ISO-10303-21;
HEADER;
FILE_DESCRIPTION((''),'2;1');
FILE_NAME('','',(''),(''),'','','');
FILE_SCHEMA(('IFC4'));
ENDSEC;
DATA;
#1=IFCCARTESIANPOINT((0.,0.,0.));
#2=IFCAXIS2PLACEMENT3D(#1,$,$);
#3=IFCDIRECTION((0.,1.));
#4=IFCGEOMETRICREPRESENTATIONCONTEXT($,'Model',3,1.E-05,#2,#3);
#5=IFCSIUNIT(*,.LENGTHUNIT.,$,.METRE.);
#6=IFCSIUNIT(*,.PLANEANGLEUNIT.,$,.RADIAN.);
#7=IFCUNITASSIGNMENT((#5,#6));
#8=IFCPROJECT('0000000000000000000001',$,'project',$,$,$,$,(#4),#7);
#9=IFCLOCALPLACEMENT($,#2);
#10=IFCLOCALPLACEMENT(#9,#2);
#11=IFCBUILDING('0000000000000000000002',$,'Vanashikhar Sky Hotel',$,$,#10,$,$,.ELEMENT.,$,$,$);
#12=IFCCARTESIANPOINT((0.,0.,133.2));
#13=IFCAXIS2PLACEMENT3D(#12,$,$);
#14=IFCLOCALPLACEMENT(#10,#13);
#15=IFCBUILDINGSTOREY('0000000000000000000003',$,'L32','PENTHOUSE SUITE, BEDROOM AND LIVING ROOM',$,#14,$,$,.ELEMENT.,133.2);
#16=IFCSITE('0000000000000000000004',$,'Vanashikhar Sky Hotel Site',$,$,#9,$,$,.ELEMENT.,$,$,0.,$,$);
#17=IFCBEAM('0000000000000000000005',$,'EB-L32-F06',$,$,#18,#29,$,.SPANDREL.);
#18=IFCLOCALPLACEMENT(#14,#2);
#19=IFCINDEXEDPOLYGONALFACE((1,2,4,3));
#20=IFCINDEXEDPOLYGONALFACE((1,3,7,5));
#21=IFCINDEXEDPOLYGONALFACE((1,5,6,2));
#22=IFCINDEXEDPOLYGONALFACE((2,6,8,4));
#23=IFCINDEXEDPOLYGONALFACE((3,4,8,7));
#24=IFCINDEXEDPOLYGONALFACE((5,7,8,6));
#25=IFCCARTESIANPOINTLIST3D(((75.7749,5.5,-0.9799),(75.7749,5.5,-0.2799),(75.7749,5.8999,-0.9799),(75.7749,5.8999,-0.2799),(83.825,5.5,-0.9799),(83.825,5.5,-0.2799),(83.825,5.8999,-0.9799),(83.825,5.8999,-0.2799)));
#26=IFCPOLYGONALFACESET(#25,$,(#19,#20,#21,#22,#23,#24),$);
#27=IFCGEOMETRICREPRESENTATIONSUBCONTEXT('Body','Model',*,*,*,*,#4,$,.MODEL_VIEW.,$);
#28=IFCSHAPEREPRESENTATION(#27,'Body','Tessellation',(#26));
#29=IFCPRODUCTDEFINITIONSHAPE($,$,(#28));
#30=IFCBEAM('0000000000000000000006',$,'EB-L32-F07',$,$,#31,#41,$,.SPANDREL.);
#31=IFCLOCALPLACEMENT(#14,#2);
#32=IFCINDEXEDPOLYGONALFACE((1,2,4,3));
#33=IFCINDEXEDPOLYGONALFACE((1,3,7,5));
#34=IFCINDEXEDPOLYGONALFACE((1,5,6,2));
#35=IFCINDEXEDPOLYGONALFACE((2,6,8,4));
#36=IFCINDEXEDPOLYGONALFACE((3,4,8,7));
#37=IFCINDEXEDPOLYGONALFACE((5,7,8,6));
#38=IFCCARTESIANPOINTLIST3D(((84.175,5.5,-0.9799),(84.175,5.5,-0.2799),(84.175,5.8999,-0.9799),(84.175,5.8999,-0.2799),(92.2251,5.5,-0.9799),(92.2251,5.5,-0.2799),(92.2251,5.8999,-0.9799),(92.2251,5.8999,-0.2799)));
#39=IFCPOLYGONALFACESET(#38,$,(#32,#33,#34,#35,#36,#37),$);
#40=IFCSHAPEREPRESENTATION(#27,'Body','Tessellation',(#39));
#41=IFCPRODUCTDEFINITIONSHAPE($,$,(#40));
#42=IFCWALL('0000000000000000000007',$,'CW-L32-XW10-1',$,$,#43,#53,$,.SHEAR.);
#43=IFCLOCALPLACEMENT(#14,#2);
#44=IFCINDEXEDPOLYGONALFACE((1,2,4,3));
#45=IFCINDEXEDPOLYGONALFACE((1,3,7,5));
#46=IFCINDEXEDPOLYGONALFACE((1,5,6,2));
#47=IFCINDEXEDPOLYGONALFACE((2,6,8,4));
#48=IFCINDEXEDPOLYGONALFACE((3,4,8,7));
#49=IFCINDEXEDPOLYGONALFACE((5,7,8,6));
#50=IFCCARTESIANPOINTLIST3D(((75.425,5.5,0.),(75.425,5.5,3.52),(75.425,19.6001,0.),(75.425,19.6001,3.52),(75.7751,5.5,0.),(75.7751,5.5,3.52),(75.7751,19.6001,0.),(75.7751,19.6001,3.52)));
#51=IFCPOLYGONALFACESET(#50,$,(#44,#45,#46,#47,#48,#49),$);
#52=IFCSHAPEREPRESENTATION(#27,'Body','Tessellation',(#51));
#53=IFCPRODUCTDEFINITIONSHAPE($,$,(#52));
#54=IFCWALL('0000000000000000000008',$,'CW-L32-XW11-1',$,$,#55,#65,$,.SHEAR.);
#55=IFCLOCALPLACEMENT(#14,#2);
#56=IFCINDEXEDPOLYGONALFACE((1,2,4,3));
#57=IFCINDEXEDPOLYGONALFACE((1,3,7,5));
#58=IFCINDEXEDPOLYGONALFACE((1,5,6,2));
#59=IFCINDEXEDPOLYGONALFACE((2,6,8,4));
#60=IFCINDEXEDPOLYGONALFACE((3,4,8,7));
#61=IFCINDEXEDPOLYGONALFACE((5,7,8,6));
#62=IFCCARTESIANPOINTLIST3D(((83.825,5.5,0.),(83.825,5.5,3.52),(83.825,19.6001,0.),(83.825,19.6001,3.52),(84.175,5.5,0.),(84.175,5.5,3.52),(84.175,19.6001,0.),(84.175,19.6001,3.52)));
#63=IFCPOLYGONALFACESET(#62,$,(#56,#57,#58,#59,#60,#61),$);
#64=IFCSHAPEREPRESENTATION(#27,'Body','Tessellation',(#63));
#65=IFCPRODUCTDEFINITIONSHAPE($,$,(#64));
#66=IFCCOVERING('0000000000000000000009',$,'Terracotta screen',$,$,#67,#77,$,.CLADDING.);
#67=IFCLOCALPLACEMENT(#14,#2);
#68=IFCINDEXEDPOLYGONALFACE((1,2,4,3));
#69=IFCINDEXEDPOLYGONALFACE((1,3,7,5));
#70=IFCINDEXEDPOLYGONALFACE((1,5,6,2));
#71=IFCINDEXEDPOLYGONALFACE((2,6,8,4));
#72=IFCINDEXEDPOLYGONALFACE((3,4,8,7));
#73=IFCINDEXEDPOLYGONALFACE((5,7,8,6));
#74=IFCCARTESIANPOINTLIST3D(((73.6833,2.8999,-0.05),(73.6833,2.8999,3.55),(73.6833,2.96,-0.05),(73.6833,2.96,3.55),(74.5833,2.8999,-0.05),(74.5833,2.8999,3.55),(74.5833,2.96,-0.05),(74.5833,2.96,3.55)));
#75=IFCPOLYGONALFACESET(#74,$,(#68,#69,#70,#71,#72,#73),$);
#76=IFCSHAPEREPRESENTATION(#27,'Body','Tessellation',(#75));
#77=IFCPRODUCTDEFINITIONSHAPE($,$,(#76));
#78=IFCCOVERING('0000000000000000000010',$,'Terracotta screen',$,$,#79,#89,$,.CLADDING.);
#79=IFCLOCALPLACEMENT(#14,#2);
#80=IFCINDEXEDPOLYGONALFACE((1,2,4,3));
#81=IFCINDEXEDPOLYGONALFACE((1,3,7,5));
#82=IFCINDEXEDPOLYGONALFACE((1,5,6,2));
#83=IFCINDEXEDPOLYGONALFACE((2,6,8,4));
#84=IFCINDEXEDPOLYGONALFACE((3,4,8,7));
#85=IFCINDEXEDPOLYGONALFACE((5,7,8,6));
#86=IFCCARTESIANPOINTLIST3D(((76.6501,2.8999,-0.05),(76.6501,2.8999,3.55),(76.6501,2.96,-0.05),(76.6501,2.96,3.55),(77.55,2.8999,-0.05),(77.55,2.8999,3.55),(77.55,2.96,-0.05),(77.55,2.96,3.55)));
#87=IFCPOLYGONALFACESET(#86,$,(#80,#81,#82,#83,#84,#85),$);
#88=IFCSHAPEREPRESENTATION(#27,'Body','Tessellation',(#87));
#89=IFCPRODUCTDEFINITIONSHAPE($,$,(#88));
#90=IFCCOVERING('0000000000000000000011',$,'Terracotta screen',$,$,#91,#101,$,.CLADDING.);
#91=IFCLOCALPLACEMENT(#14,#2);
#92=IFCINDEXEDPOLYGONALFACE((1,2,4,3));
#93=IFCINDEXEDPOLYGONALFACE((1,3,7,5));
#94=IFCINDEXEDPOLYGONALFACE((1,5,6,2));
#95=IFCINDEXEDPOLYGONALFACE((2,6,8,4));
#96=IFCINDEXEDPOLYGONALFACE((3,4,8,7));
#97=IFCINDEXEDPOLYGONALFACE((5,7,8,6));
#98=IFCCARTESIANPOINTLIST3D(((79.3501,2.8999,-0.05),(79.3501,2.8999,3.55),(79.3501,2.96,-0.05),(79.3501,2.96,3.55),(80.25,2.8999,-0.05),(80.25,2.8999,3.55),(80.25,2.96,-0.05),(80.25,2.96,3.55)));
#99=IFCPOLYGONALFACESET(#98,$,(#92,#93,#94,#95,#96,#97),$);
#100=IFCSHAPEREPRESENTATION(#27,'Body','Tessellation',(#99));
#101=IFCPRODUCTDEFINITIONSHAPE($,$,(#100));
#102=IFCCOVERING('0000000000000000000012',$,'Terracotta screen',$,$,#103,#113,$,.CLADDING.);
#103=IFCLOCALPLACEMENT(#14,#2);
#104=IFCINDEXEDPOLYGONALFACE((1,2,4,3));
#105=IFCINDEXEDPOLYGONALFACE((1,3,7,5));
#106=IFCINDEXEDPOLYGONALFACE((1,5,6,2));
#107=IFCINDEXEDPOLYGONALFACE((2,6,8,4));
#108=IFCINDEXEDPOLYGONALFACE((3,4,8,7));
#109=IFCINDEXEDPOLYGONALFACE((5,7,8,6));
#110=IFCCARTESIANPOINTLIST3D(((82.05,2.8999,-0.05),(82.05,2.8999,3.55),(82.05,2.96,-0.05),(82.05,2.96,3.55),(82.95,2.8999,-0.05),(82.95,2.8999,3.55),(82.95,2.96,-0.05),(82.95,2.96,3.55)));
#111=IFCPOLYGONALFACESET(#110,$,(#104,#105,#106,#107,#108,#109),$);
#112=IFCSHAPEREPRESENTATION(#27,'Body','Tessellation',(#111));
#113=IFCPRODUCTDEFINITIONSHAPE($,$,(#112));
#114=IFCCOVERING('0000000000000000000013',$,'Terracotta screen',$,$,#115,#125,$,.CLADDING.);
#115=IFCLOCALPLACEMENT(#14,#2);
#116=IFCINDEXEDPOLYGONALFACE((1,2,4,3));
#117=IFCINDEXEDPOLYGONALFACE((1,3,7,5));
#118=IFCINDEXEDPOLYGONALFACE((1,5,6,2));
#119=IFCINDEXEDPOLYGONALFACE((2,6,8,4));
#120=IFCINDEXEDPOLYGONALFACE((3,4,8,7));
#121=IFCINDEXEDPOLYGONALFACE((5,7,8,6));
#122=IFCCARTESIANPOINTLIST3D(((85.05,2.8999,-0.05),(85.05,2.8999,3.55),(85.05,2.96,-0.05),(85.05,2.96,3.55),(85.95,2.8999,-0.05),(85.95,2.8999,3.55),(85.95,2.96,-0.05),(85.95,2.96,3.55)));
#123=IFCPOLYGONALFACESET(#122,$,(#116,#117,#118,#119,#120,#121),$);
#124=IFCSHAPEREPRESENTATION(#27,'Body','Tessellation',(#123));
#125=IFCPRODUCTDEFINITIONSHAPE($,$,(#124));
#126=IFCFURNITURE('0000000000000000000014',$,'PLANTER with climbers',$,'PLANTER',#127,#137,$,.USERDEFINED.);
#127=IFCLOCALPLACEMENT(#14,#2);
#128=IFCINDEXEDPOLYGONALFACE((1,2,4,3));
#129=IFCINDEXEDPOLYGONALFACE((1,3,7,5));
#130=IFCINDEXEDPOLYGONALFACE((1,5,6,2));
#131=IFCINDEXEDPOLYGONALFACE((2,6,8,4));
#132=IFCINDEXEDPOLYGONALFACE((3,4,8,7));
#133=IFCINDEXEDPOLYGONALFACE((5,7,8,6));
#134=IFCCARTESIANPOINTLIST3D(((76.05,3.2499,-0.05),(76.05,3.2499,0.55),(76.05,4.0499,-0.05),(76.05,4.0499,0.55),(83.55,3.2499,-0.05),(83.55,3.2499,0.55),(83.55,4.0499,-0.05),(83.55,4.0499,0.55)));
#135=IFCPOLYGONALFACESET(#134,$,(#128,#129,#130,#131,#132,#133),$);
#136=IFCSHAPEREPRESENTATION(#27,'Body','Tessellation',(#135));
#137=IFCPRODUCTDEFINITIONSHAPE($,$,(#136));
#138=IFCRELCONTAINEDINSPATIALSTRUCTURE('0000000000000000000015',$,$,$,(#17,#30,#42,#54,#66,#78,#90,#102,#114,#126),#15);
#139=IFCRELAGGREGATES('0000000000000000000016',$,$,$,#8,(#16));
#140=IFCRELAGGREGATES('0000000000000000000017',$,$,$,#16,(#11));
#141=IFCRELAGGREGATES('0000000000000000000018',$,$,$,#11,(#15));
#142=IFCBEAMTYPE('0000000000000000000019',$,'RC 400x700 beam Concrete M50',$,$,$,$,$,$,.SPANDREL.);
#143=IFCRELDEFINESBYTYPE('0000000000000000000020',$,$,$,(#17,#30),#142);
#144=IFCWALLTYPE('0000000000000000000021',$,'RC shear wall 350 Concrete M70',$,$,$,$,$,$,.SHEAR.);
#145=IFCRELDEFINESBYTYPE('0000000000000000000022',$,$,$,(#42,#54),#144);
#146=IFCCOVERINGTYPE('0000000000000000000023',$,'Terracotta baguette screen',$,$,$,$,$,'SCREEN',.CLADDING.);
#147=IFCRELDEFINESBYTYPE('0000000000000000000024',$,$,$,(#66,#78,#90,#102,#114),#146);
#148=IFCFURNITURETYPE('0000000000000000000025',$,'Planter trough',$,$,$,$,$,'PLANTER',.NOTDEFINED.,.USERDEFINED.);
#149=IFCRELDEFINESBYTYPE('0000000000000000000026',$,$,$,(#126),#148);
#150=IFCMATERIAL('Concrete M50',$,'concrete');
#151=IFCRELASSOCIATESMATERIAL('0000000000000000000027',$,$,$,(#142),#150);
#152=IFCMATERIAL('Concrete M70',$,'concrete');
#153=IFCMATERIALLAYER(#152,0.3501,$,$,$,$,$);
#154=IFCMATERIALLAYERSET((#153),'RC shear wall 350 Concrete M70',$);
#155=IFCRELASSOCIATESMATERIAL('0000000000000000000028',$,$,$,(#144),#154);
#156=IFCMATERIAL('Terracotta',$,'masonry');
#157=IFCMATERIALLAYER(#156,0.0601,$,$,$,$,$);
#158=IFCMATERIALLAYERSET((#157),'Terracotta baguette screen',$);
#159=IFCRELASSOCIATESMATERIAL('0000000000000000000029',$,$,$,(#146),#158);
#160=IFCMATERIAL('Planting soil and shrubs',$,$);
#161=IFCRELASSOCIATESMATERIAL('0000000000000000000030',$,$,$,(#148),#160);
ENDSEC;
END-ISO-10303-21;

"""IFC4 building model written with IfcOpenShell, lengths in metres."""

from ifc_helpers import new_model, si_unit, direction, frame, frame_2d, origin, origin_2d, place, context, subcontext, project, spatial, rectangle, extrude, source, transform, mapped, material, layer, layer_set, material_profile, profile_set, type_object, element, save


model = new_model("IFC4")

# Units and contexts
model_context = context("Model", 3, precision=1e-05, world=origin(), true_north=direction((0.0, 1.0)))
body_context = subcontext(model_context, "Body", "Model", "MODEL_VIEW")
ifc_project = project(units=[si_unit("LENGTHUNIT", "METRE"), si_unit("PLANEANGLEUNIT", "RADIAN")], contexts=[model_context])

# Site, building, storey
site_placement = place(None, origin())
site = spatial("IfcSite", under=ifc_project, at=site_placement, Name="Vanashikhar Sky Hotel Site", CompositionType="ELEMENT", RefElevation=0.0)
building_placement = place(site_placement, origin())
building = spatial("IfcBuilding", under=site, at=building_placement, Name="Vanashikhar Sky Hotel", CompositionType="ELEMENT")
storey_placement = place(building_placement, frame((0.0, 0.0, 133.2)))
storey = spatial("IfcBuildingStorey", under=building, at=storey_placement, Name="L32", Description="PENTHOUSE SUITE, BEDROOM AND LIVING ROOM", CompositionType="ELEMENT", Elevation=133.2)

# Beams
ifc_material_1 = material(Name="Concrete M50", Category="concrete")
ifc_material_profile = material_profile(ifc_material_1, rectangle(XDim=0.3999, YDim=0.7, at=origin_2d()))
ifc_profile_set = profile_set([ifc_material_profile], Name="RC 400x700 beam Concrete M50")
beam_type = type_object("IfcBeamType", Name="RC 400x700 beam Concrete M50", PredefinedType="SPANDREL", material=ifc_profile_set)
shared_shape_1 = source(origin(), body_context, "Body", "SweptSolid", [
    extrude(rectangle(XDim=0.3999, YDim=0.7, at=origin_2d()), origin(), (0.0, 0.0, 1.0), 8.05),
])
for number, where, z_axis, x_axis, name in (
    (1, (75.7749, 5.7, -0.6299), (1.0, 0.0, 0.0), (0.0, 1.0, 0.0), "EB-L32-F06"),
    (2, (84.175, 5.7, -0.6299), (1.0, 0.0, 0.0), (0.0, 1.0, 0.0), "EB-L32-F07"),
):
    element("IfcBeam", number, at=place(storey_placement, frame(where, z_axis=z_axis, x_axis=x_axis)), inside=storey, type_object=beam_type, Name=name, PredefinedType="SPANDREL", context=body_context, shape_type="MappedRepresentation", body=[
        mapped(shared_shape_1, transform((0.0, 0.0, 0.0), scale=1.0)),
    ])

# Walls
ifc_material_2 = material(Name="Concrete M70", Category="concrete")
ifc_layer_1 = layer(ifc_material_2, 0.3501)
ifc_layer_set_1 = layer_set([ifc_layer_1], Name="RC shear wall 350 Concrete M70")
wall_type_1 = type_object("IfcWallType", Name="RC shear wall 350 Concrete M70", PredefinedType="SHEAR", material=ifc_layer_set_1)
shared_shape_2 = source(origin(), body_context, "Body", "SweptSolid", [
    extrude(rectangle(XDim=14.1001, YDim=0.3501, at=frame_2d((7.05, 0.0))), origin(), (0.0, 0.0, 1.0), 3.52),
])
for number, where, z_axis, x_axis, name in (
    (3, (75.6001, 5.5, 0.0), (0.0, 0.0, 1.0), (0.0, 1.0, 0.0), "CW-L32-XW10-1"),
    (4, (84.0, 5.5, 0.0), (0.0, 0.0, 1.0), (0.0, 1.0, 0.0), "CW-L32-XW11-1"),
):
    element("IfcWall", number, at=place(storey_placement, frame(where, z_axis=z_axis, x_axis=x_axis)), inside=storey, type_object=wall_type_1, Name=name, PredefinedType="SHEAR", context=body_context, shape_type="MappedRepresentation", body=[
        mapped(shared_shape_2, transform((0.0, 0.0, 0.0), scale=1.0)),
    ])

# Coverings
ifc_material_3 = material(Name="Terracotta", Category="masonry")
ifc_layer_2 = layer(ifc_material_3, 0.0601)
ifc_layer_set_2 = layer_set([ifc_layer_2], Name="Terracotta baguette screen")
covering_type = type_object("IfcCoveringType", Name="Terracotta baguette screen", ElementType="SCREEN", PredefinedType="CLADDING", material=ifc_layer_set_2)
shared_shape_3 = source(origin(), body_context, "Body", "SweptSolid", [
    extrude(rectangle(XDim=0.8999, YDim=0.0601, at=origin_2d()), origin(), (0.0, 0.0, 1.0), 3.6001),
])
for number, where, z_axis, x_axis, name in (
    (5, (74.1333, 2.9299, -0.05), (0.0, 0.0, 1.0), (1.0, 0.0, 0.0), "Terracotta screen"),
    (6, (77.1001, 2.9299, -0.05), (0.0, 0.0, 1.0), (1.0, 0.0, 0.0), "Terracotta screen"),
    (7, (79.8, 2.9299, -0.05), (0.0, 0.0, 1.0), (1.0, 0.0, 0.0), "Terracotta screen"),
    (8, (82.5, 2.9299, -0.05), (0.0, 0.0, 1.0), (1.0, 0.0, 0.0), "Terracotta screen"),
    (9, (85.5, 2.9299, -0.05), (0.0, 0.0, 1.0), (1.0, 0.0, 0.0), "Terracotta screen"),
):
    element("IfcCovering", number, at=place(storey_placement, frame(where, z_axis=z_axis, x_axis=x_axis)), inside=storey, type_object=covering_type, Name=name, PredefinedType="CLADDING", context=body_context, shape_type="MappedRepresentation", body=[
        mapped(shared_shape_3, transform((0.0, 0.0, 0.0), scale=1.0)),
    ])

# Furniture
ifc_material_4 = material(Name="Planting soil and shrubs")
furniture_type = type_object("IfcFurnitureType", Name="Planter trough", ElementType="PLANTER", AssemblyPlace="NOTDEFINED", PredefinedType="USERDEFINED", material=ifc_material_4)
shared_shape_4 = source(origin(), body_context, "Body", "SweptSolid", [
    extrude(rectangle(XDim=7.5, YDim=0.8, at=origin_2d()), origin(), (0.0, 0.0, 1.0), 0.6001),
])
furniture_placement = place(storey_placement, frame((79.8, 3.6499, -0.05), z_axis=(0.0, 0.0, 1.0), x_axis=(1.0, 0.0, 0.0)))
element("IfcFurniture", 10, at=furniture_placement, inside=storey, type_object=furniture_type, Name="PLANTER with climbers", ObjectType="PLANTER", PredefinedType="USERDEFINED", context=body_context, shape_type="MappedRepresentation", body=[
    mapped(shared_shape_4, transform((0.0, 0.0, 0.0), scale=1.0)),
])

save(model, "model.ifc")
